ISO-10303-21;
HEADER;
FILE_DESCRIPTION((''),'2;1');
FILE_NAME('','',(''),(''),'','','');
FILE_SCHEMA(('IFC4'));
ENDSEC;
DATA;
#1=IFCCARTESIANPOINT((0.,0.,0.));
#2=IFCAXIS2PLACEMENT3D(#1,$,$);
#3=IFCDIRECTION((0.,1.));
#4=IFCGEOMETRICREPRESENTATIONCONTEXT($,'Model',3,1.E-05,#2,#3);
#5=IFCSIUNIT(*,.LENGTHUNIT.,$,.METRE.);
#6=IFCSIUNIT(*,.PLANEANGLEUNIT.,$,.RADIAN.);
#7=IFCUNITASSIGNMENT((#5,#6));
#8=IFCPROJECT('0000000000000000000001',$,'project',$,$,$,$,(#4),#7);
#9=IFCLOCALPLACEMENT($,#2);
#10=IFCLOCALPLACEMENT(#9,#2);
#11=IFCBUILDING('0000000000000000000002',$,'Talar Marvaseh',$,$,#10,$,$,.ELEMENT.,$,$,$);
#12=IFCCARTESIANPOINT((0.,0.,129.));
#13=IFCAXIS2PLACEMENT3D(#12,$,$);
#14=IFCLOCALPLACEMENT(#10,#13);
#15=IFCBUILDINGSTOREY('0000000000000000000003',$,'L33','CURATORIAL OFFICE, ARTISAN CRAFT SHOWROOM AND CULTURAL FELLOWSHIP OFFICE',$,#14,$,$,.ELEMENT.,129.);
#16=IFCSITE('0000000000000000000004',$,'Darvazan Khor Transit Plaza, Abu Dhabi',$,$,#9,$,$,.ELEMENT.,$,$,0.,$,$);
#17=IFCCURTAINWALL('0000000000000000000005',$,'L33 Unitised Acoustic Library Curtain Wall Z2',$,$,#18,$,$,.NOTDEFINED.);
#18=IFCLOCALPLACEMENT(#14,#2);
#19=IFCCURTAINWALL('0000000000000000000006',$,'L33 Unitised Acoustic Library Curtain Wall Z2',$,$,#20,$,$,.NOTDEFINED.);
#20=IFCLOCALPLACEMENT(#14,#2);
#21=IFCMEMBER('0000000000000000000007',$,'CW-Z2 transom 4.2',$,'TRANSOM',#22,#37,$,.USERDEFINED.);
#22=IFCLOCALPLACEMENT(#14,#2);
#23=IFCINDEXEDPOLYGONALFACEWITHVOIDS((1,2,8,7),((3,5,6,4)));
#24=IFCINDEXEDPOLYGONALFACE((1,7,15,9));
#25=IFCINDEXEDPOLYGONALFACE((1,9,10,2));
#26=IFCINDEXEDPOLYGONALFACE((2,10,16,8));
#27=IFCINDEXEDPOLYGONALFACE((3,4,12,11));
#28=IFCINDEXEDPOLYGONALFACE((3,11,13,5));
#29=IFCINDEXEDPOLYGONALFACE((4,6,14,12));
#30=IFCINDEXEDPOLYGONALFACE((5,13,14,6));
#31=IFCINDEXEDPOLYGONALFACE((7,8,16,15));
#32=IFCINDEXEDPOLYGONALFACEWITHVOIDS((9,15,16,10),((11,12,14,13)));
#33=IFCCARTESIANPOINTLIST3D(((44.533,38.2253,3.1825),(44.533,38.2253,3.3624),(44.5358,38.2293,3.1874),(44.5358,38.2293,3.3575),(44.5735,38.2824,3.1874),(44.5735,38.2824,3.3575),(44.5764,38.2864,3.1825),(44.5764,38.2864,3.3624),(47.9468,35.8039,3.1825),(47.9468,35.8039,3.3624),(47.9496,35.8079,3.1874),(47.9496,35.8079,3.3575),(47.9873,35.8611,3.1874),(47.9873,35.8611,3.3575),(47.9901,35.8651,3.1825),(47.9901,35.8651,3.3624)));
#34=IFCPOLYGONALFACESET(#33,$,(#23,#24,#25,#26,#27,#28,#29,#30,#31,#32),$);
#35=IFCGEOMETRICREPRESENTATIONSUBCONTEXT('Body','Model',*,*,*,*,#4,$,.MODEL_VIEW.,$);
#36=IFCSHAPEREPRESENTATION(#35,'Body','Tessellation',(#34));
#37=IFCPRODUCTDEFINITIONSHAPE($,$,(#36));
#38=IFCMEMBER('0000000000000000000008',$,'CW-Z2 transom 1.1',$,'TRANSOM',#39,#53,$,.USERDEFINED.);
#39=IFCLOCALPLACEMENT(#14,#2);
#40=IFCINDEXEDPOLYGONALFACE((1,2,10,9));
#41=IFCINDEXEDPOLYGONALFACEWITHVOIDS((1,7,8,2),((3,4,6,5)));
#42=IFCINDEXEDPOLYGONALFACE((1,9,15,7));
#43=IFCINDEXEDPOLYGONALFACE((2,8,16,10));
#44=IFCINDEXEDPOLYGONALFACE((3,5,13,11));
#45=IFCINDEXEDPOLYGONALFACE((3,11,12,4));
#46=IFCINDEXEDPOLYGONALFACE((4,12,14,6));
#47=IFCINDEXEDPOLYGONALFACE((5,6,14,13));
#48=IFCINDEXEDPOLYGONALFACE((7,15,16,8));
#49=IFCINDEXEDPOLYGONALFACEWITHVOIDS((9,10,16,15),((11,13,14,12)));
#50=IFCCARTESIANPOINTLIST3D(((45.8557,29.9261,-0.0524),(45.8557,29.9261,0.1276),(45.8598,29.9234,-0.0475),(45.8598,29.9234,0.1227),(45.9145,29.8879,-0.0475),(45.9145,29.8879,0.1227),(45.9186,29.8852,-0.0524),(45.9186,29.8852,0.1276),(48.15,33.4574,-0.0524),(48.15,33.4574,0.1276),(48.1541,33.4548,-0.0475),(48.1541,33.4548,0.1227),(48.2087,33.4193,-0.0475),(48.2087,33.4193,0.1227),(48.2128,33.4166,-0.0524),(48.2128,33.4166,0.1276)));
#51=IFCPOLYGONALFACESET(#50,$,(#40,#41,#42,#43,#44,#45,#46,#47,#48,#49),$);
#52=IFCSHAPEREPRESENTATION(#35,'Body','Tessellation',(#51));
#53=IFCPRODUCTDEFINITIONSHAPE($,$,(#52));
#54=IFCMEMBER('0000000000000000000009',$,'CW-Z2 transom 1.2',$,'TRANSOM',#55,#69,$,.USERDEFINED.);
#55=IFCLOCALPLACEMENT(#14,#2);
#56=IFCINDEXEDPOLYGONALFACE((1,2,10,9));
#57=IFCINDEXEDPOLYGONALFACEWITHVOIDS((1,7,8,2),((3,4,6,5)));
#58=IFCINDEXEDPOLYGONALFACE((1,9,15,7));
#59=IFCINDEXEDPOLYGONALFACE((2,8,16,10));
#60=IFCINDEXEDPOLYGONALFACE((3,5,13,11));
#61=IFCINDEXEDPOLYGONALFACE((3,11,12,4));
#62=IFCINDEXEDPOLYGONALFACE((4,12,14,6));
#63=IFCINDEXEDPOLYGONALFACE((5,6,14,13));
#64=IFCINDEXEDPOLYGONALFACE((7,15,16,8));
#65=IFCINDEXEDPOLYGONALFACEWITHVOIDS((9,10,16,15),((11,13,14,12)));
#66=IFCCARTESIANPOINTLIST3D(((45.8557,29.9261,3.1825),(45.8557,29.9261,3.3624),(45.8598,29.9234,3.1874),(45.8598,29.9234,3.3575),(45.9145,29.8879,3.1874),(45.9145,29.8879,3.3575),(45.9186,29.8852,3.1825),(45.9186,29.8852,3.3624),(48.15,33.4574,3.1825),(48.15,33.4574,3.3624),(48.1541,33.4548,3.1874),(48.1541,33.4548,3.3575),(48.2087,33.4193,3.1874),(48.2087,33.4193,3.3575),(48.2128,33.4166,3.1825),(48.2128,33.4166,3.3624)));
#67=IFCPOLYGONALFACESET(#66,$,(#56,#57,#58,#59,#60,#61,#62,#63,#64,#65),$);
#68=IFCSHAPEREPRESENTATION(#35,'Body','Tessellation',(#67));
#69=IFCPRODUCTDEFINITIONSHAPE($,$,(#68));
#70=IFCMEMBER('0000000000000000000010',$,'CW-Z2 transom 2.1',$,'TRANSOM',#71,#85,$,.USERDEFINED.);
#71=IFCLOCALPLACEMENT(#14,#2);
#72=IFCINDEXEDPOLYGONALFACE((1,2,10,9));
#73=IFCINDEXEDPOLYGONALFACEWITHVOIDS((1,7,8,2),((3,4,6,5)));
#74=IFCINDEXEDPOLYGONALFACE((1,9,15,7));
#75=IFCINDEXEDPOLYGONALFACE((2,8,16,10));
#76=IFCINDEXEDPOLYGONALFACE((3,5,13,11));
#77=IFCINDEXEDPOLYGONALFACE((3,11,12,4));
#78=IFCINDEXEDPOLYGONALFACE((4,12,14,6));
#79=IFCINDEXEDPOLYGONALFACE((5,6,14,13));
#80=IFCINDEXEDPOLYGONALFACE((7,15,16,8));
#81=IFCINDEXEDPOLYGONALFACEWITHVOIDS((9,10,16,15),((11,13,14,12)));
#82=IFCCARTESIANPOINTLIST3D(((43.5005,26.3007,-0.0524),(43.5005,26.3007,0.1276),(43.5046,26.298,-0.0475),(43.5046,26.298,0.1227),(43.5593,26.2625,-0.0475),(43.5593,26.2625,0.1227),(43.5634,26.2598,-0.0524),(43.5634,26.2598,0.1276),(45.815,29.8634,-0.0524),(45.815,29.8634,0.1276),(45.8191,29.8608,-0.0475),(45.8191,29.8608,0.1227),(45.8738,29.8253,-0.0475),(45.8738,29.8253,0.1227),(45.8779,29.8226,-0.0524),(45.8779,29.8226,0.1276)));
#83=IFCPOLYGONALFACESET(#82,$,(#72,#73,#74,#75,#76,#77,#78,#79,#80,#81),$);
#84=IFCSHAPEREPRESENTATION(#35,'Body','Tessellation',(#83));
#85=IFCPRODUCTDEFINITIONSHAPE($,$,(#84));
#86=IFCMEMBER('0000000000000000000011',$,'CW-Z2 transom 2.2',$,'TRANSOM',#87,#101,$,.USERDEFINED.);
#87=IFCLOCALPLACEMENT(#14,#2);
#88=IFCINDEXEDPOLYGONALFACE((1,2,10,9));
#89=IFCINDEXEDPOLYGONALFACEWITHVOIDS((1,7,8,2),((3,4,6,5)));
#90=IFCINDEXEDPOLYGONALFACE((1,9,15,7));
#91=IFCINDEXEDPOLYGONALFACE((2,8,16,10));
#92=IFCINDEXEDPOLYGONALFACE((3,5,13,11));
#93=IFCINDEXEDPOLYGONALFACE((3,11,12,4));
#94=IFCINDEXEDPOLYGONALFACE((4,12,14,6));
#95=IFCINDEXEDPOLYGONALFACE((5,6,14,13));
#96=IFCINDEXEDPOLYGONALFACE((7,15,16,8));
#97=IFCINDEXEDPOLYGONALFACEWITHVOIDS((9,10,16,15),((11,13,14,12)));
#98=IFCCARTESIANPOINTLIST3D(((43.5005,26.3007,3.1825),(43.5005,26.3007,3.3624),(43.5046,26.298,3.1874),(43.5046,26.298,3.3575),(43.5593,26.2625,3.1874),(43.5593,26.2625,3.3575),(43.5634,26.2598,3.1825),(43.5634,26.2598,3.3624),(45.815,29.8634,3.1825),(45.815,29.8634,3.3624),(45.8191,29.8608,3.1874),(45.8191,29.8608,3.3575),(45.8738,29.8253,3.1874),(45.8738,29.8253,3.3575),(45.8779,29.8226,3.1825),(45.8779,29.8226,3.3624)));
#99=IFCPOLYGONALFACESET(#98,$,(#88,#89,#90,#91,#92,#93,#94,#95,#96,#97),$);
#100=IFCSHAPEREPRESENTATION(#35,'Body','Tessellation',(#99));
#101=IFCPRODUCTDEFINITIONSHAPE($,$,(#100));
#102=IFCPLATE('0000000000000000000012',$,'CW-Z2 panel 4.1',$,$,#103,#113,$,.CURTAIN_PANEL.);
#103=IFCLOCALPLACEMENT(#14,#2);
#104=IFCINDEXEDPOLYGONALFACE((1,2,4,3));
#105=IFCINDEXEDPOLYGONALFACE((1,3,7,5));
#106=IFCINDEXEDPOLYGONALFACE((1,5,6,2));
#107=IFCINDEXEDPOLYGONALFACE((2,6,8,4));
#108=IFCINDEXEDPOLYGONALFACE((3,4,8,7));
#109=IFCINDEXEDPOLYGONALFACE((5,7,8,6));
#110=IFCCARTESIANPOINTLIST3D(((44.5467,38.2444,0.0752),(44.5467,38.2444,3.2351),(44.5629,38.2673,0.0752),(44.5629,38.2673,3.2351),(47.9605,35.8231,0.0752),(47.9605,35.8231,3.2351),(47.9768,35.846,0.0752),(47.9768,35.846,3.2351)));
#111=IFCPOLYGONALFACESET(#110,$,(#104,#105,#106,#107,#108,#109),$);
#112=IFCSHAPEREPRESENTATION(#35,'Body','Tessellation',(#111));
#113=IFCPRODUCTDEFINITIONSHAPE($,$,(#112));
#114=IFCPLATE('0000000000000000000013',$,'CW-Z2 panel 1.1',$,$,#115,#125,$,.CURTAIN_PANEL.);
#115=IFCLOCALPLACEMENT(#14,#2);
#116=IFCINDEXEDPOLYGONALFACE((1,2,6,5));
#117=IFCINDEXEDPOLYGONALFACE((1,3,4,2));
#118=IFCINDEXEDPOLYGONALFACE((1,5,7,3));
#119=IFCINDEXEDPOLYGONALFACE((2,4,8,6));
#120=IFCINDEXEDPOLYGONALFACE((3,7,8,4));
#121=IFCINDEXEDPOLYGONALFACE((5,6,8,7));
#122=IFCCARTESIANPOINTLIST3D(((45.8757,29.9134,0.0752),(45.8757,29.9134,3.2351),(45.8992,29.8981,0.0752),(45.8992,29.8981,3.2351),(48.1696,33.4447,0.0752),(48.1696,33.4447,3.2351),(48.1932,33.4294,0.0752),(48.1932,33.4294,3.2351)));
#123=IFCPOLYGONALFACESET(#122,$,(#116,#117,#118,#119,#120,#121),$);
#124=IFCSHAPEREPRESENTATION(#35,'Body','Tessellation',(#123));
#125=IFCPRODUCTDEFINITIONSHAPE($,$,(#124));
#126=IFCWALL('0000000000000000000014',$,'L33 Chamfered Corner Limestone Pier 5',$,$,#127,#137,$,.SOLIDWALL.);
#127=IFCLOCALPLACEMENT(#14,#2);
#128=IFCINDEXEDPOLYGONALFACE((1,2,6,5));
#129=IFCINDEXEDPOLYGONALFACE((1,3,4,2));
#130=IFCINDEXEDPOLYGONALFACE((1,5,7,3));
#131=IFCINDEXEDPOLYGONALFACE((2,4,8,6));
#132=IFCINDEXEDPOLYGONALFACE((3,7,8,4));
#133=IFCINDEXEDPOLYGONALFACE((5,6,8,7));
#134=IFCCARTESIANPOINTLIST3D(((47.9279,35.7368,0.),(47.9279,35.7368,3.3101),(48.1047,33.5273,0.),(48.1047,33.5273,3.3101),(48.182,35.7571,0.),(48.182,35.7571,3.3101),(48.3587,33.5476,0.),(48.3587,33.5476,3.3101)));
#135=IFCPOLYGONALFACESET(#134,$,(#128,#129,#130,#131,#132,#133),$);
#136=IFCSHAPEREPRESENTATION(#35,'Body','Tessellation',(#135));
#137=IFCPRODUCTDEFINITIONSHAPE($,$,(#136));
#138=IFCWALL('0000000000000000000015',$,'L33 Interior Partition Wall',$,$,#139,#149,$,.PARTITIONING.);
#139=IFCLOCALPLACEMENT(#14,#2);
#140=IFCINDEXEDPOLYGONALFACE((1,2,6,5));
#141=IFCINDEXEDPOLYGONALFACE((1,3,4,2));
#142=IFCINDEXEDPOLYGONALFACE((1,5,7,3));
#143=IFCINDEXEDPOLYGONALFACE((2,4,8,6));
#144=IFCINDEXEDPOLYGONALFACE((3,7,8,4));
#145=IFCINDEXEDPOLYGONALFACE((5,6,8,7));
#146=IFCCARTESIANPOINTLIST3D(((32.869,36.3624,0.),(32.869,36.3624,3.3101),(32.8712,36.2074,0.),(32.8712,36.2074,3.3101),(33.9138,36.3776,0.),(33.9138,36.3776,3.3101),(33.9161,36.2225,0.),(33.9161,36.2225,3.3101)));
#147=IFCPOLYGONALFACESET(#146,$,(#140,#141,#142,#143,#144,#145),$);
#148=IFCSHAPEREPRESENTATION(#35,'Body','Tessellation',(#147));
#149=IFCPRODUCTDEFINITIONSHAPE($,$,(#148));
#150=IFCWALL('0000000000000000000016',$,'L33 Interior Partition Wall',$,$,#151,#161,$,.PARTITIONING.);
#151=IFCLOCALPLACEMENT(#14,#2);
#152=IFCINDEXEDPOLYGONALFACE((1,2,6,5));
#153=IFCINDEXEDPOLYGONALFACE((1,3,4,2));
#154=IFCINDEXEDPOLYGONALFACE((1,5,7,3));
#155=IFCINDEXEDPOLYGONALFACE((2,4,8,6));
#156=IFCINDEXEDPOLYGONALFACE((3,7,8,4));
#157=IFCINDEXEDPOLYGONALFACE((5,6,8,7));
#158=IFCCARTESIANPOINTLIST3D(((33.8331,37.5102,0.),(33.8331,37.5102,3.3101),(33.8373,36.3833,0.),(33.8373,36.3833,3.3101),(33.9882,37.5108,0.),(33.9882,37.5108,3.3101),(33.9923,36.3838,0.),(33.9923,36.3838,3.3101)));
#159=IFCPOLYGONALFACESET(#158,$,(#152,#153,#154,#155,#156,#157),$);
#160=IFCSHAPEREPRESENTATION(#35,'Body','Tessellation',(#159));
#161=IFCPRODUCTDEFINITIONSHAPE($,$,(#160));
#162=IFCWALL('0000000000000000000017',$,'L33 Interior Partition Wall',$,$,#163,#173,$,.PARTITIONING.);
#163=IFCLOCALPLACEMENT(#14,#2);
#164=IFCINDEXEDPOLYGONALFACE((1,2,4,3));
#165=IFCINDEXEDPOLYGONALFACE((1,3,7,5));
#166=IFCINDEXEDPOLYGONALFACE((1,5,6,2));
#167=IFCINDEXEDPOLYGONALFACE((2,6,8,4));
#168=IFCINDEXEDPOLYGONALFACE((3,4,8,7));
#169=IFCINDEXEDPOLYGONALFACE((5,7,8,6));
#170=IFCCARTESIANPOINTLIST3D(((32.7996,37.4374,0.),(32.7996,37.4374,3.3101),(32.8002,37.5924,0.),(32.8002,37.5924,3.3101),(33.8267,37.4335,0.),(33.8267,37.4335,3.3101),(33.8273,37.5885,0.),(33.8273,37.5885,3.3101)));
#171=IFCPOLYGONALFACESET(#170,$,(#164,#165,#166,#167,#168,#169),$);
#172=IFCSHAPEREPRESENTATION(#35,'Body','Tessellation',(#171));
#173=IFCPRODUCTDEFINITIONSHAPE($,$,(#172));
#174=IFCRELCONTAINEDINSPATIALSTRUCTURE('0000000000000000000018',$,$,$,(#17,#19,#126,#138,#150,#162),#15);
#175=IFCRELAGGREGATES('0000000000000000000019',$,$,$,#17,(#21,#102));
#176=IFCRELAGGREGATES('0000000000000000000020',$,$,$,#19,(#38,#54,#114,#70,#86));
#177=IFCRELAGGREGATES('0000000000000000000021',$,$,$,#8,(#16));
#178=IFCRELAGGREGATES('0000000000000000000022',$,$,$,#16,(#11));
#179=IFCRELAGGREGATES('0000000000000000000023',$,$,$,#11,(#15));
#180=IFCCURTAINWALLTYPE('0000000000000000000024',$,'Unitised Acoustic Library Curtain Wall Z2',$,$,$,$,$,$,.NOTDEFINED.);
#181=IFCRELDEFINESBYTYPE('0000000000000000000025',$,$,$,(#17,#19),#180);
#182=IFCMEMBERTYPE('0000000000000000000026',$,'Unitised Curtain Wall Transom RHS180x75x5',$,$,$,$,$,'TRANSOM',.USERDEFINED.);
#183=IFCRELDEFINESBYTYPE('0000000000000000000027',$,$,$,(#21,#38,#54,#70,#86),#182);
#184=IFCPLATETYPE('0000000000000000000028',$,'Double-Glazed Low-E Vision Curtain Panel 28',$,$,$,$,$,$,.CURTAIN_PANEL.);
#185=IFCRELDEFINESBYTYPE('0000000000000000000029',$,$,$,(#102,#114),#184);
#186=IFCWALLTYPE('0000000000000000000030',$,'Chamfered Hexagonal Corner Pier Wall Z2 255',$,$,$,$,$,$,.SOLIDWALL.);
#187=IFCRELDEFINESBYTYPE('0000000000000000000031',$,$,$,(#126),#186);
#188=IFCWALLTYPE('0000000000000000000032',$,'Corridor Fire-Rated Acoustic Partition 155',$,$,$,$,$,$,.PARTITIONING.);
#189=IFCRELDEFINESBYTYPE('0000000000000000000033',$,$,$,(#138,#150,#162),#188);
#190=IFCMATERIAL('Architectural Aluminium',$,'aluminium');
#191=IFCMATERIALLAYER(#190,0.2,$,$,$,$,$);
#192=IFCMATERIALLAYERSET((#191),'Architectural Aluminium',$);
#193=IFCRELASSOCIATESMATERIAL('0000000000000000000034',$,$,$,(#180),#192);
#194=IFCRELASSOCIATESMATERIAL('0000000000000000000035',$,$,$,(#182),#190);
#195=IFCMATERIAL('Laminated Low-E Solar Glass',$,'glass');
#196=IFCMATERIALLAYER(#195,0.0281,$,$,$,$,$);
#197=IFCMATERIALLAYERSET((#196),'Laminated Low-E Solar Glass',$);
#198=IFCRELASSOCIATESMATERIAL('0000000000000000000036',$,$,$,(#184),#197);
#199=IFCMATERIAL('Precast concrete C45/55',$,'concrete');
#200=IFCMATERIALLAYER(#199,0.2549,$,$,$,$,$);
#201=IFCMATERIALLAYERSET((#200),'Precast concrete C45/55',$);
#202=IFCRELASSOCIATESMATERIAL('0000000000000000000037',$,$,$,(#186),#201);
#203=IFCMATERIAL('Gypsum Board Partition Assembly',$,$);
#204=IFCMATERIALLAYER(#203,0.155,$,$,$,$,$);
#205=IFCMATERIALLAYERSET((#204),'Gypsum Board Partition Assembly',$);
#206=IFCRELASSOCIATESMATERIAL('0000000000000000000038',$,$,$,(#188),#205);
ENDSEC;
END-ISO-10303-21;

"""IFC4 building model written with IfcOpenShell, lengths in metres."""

from ifc_helpers import new_model, si_unit, direction, frame, frame_2d, origin, origin_2d, place, context, subcontext, project, spatial, rectangle, hollow_rectangle, extrude, source, transform, mapped, material, layer, layer_set, material_profile, profile_set, type_object, type_shapes, element, aggregate, save


model = new_model("IFC4")

# Units and contexts
model_context = context("Model", 3, precision=1e-05, world=origin(), true_north=direction((0.0, 1.0)))
body_context = subcontext(model_context, "Body", "Model", "MODEL_VIEW")
ifc_project = project(units=[si_unit("LENGTHUNIT", "METRE"), si_unit("PLANEANGLEUNIT", "RADIAN")], contexts=[model_context])

# Site, building, storey
site_placement = place(None, origin())
site = spatial("IfcSite", under=ifc_project, at=site_placement, Name="Darvazan Khor Transit Plaza, Abu Dhabi", CompositionType="ELEMENT", RefElevation=0.0)
building_placement = place(site_placement, origin())
building = spatial("IfcBuilding", under=site, at=building_placement, Name="Talar Marvaseh", CompositionType="ELEMENT")
storey_placement = place(building_placement, frame((0.0, 0.0, 129.0)))
storey = spatial("IfcBuildingStorey", under=building, at=storey_placement, Name="L33", Description="CURATORIAL OFFICE, ARTISAN CRAFT SHOWROOM AND CULTURAL FELLOWSHIP OFFICE", CompositionType="ELEMENT", Elevation=129.0)

# Curtain walls
ifc_material_1 = material(Name="Architectural Aluminium", Category="aluminium")
ifc_layer_1 = layer(ifc_material_1, 0.2)
ifc_layer_set_1 = layer_set([ifc_layer_1], Name="Architectural Aluminium")
curtain_wall_type = type_object("IfcCurtainWallType", Name="Unitised Acoustic Library Curtain Wall Z2", PredefinedType="NOTDEFINED", material=ifc_layer_set_1)
curtain_wall_1_placement = place(storey_placement, origin())
curtain_wall_1 = element("IfcCurtainWall", 1, at=curtain_wall_1_placement, inside=storey, type_object=curtain_wall_type, Name="L33 Unitised Acoustic Library Curtain Wall Z2", PredefinedType="NOTDEFINED")
curtain_wall_2_placement = place(storey_placement, origin())
curtain_wall_2 = element("IfcCurtainWall", 2, at=curtain_wall_2_placement, inside=storey, type_object=curtain_wall_type, Name="L33 Unitised Acoustic Library Curtain Wall Z2", PredefinedType="NOTDEFINED")

# Members
ifc_material_profile_1 = material_profile(ifc_material_1, hollow_rectangle(XDim=0.075, YDim=0.1799, WallThickness=0.0049, at=origin_2d()), Name="RHS180x75x5")
ifc_profile_set_1 = profile_set([ifc_material_profile_1], Name="Architectural Aluminium")
member_type_1 = type_object("IfcMemberType", Name="Unitised Curtain Wall Transom RHS180x75x5", ElementType="TRANSOM", PredefinedType="USERDEFINED", material=ifc_profile_set_1)
shared_shape_1 = source(origin(), body_context, "Body", "SweptSolid", [
    extrude(hollow_rectangle(XDim=0.075, YDim=0.1799, WallThickness=0.0049, at=origin_2d()), origin(), (0.0, 0.0, 1.0), 4.1853),
])
member_1_placement = place(storey_placement, frame((44.5547, 38.2559, 3.2725), z_axis=(0.815656, -0.578537, 0.0), x_axis=(0.578537, 0.815656, 0.0)))
member_1 = element("IfcMember", 3, at=member_1_placement, type_object=member_type_1, Name="CW-Z2 transom 4.2", ObjectType="TRANSOM", PredefinedType="USERDEFINED", context=body_context, shape_type="MappedRepresentation", body=[
    mapped(shared_shape_1, transform((0.0, 0.0, 0.0), x_axis=(1.0, 0.0, 0.0), y_axis=(0.0, 1.0, 0.0), z_axis=(0.0, 0.0, 1.0), scale=1.0)),
])
shared_shape_2 = source(origin(), body_context, "Body", "SweptSolid", [
    extrude(hollow_rectangle(XDim=0.075, YDim=0.1799, WallThickness=0.0049, at=origin_2d()), origin(), (0.0, 0.0, 1.0), 4.2112),
])
member_2_placement = place(storey_placement, frame((48.1814, 33.437, 0.0376), z_axis=(-0.544801, -0.838565, 0.0), x_axis=(0.838565, -0.544801, 0.0)))
member_2 = element("IfcMember", 4, at=member_2_placement, type_object=member_type_1, Name="CW-Z2 transom 1.1", ObjectType="TRANSOM", PredefinedType="USERDEFINED", context=body_context, shape_type="MappedRepresentation", body=[
    mapped(shared_shape_2, transform((0.0, 0.0, 0.0), x_axis=(1.0, 0.0, 0.0), y_axis=(0.0, 1.0, 0.0), z_axis=(0.0, 0.0, 1.0), scale=1.0)),
])
member_3_placement = place(storey_placement, frame((48.1814, 33.437, 3.2725), z_axis=(-0.544801, -0.838565, 0.0), x_axis=(0.838565, -0.544801, 0.0)))
member_3 = element("IfcMember", 5, at=member_3_placement, type_object=member_type_1, Name="CW-Z2 transom 1.2", ObjectType="TRANSOM", PredefinedType="USERDEFINED", context=body_context, shape_type="MappedRepresentation", body=[
    mapped(shared_shape_2, transform((0.0, 0.0, 0.0), x_axis=(1.0, 0.0, 0.0), y_axis=(0.0, 1.0, 0.0), z_axis=(0.0, 0.0, 1.0), scale=1.0)),
])
shared_shape_3 = source(origin(), body_context, "Body", "SweptSolid", [
    extrude(hollow_rectangle(XDim=0.075, YDim=0.1799, WallThickness=0.0049, at=origin_2d()), origin(), (0.0, 0.0, 1.0), 4.2485),
])
type_shapes(member_type_1, [shared_shape_1, shared_shape_2, shared_shape_3])
member_4_placement = place(storey_placement, frame((45.8464, 29.843, 0.0376), z_axis=(-0.544768, -0.838587, 0.0), x_axis=(0.838587, -0.544768, 0.0)))
member_4 = element("IfcMember", 6, at=member_4_placement, type_object=member_type_1, Name="CW-Z2 transom 2.1", ObjectType="TRANSOM", PredefinedType="USERDEFINED", context=body_context, shape_type="MappedRepresentation", body=[
    mapped(shared_shape_3, transform((0.0, 0.0, 0.0), x_axis=(1.0, 0.0, 0.0), y_axis=(0.0, 1.0, 0.0), z_axis=(0.0, 0.0, 1.0), scale=1.0)),
])
member_5_placement = place(storey_placement, frame((45.8464, 29.843, 3.2725), z_axis=(-0.544768, -0.838587, 0.0), x_axis=(0.838587, -0.544768, 0.0)))
member_5 = element("IfcMember", 7, at=member_5_placement, type_object=member_type_1, Name="CW-Z2 transom 2.2", ObjectType="TRANSOM", PredefinedType="USERDEFINED", context=body_context, shape_type="MappedRepresentation", body=[
    mapped(shared_shape_3, transform((0.0, 0.0, 0.0), x_axis=(1.0, 0.0, 0.0), y_axis=(0.0, 1.0, 0.0), z_axis=(0.0, 0.0, 1.0), scale=1.0)),
])

# Plates
ifc_material_2 = material(Name="Laminated Low-E Solar Glass", Category="glass")
ifc_layer_2 = layer(ifc_material_2, 0.0281)
ifc_layer_set_2 = layer_set([ifc_layer_2], Name="Laminated Low-E Solar Glass")
plate_type = type_object("IfcPlateType", Name="Double-Glazed Low-E Vision Curtain Panel 28", PredefinedType="CURTAIN_PANEL", material=ifc_layer_set_2)
shared_shape_4 = source(origin(), body_context, "Body", "SweptSolid", [
    extrude(rectangle(XDim=4.1853, YDim=0.0281, at=origin_2d()), origin(), (0.0, 0.0, 1.0), 3.1599),
])
plate_1_placement = place(storey_placement, frame((46.2617, 37.0452, 0.0752), z_axis=(0.0, 0.0, 1.0), x_axis=(0.81567, -0.578518, 0.0)))
plate_1 = element("IfcPlate", 8, at=plate_1_placement, type_object=plate_type, Name="CW-Z2 panel 4.1", PredefinedType="CURTAIN_PANEL", context=body_context, shape_type="MappedRepresentation", body=[
    mapped(shared_shape_4, transform((0.0, 0.0, 0.0), x_axis=(1.0, 0.0, 0.0), y_axis=(0.0, 1.0, 0.0), z_axis=(0.0, 0.0, 1.0), scale=1.0)),
])
aggregate(curtain_wall_1, [member_1, plate_1])
shared_shape_5 = source(origin(), body_context, "Body", "SweptSolid", [
    extrude(rectangle(XDim=4.2109, YDim=0.0281, at=origin_2d()), origin(), (0.0, 0.0, 1.0), 3.1599),
])
type_shapes(plate_type, [shared_shape_4, shared_shape_5])
plate_2_placement = place(storey_placement, frame((47.0344, 31.6714, 0.0752), z_axis=(0.0, 0.0, 1.0), x_axis=(-0.544769, -0.838586, 0.0)))
plate_2 = element("IfcPlate", 9, at=plate_2_placement, type_object=plate_type, Name="CW-Z2 panel 1.1", PredefinedType="CURTAIN_PANEL", context=body_context, shape_type="MappedRepresentation", body=[
    mapped(shared_shape_5, transform((0.0, 0.0, 0.0), x_axis=(1.0, 0.0, 0.0), y_axis=(0.0, 1.0, 0.0), z_axis=(0.0, 0.0, 1.0), scale=1.0)),
])
aggregate(curtain_wall_2, [member_2, member_3, plate_2, member_4, member_5])

# Walls
ifc_material_3 = material(Name="Precast concrete C45/55", Category="concrete")
ifc_layer_3 = layer(ifc_material_3, 0.2549)
ifc_layer_set_3 = layer_set([ifc_layer_3], Name="Precast concrete C45/55")
wall_type_1 = type_object("IfcWallType", Name="Chamfered Hexagonal Corner Pier Wall Z2 255", PredefinedType="SOLIDWALL", material=ifc_layer_set_3)
wall_1_placement = place(storey_placement, frame((48.0549, 35.7471, 0.0), z_axis=(0.0, 0.0, 1.0), x_axis=(0.079745, -0.996815, 0.0)))
element("IfcWall", 10, at=wall_1_placement, inside=storey, type_object=wall_type_1, Name="L33 Chamfered Corner Limestone Pier 5", PredefinedType="SOLIDWALL", context=body_context, shape_type="SweptSolid", body=[
    extrude(rectangle(XDim=2.2166, YDim=0.2549, at=frame_2d((1.1084, 0.0))), origin(), (0.0, 0.0, 1.0), 3.3101),
])
ifc_material_4 = material(Name="Gypsum Board Partition Assembly")
ifc_layer_4 = layer(ifc_material_4, 0.155)
ifc_layer_set_4 = layer_set([ifc_layer_4], Name="Gypsum Board Partition Assembly")
wall_type_2 = type_object("IfcWallType", Name="Corridor Fire-Rated Acoustic Partition 155", PredefinedType="PARTITIONING", material=ifc_layer_set_4)
wall_2_placement = place(storey_placement, frame((32.8701, 36.2849, 0.0), z_axis=(0.0, 0.0, 1.0), x_axis=(0.999895, 0.014484, 0.0)))
element("IfcWall", 11, at=wall_2_placement, inside=storey, type_object=wall_type_2, Name="L33 Interior Partition Wall", PredefinedType="PARTITIONING", context=body_context, shape_type="SweptSolid", body=[
    extrude(rectangle(XDim=1.0449, YDim=0.155, at=frame_2d((0.5225, 0.0))), origin(), (0.0, 0.0, 1.0), 3.3101),
])
wall_3_placement = place(storey_placement, frame((33.9148, 36.3835, 0.0), z_axis=(0.0, 0.0, 1.0), x_axis=(-0.003683, 0.999993, 0.0)))
element("IfcWall", 12, at=wall_3_placement, inside=storey, type_object=wall_type_2, Name="L33 Interior Partition Wall", PredefinedType="PARTITIONING", context=body_context, shape_type="SweptSolid", body=[
    extrude(rectangle(XDim=1.127, YDim=0.155, at=frame_2d((0.5635, 0.0))), origin(), (0.0, 0.0, 1.0), 3.3101),
])
wall_4_placement = place(storey_placement, frame((33.8271, 37.511, 0.0), z_axis=(0.0, 0.0, 1.0), x_axis=(-0.999993, 0.003803, 0.0)))
element("IfcWall", 13, at=wall_4_placement, inside=storey, type_object=wall_type_2, Name="L33 Interior Partition Wall", PredefinedType="PARTITIONING", context=body_context, shape_type="SweptSolid", body=[
    extrude(rectangle(XDim=1.0271, YDim=0.155, at=frame_2d((0.5137, 0.0))), origin(), (0.0, 0.0, 1.0), 3.3101),
])

save(model, "model.ifc")
